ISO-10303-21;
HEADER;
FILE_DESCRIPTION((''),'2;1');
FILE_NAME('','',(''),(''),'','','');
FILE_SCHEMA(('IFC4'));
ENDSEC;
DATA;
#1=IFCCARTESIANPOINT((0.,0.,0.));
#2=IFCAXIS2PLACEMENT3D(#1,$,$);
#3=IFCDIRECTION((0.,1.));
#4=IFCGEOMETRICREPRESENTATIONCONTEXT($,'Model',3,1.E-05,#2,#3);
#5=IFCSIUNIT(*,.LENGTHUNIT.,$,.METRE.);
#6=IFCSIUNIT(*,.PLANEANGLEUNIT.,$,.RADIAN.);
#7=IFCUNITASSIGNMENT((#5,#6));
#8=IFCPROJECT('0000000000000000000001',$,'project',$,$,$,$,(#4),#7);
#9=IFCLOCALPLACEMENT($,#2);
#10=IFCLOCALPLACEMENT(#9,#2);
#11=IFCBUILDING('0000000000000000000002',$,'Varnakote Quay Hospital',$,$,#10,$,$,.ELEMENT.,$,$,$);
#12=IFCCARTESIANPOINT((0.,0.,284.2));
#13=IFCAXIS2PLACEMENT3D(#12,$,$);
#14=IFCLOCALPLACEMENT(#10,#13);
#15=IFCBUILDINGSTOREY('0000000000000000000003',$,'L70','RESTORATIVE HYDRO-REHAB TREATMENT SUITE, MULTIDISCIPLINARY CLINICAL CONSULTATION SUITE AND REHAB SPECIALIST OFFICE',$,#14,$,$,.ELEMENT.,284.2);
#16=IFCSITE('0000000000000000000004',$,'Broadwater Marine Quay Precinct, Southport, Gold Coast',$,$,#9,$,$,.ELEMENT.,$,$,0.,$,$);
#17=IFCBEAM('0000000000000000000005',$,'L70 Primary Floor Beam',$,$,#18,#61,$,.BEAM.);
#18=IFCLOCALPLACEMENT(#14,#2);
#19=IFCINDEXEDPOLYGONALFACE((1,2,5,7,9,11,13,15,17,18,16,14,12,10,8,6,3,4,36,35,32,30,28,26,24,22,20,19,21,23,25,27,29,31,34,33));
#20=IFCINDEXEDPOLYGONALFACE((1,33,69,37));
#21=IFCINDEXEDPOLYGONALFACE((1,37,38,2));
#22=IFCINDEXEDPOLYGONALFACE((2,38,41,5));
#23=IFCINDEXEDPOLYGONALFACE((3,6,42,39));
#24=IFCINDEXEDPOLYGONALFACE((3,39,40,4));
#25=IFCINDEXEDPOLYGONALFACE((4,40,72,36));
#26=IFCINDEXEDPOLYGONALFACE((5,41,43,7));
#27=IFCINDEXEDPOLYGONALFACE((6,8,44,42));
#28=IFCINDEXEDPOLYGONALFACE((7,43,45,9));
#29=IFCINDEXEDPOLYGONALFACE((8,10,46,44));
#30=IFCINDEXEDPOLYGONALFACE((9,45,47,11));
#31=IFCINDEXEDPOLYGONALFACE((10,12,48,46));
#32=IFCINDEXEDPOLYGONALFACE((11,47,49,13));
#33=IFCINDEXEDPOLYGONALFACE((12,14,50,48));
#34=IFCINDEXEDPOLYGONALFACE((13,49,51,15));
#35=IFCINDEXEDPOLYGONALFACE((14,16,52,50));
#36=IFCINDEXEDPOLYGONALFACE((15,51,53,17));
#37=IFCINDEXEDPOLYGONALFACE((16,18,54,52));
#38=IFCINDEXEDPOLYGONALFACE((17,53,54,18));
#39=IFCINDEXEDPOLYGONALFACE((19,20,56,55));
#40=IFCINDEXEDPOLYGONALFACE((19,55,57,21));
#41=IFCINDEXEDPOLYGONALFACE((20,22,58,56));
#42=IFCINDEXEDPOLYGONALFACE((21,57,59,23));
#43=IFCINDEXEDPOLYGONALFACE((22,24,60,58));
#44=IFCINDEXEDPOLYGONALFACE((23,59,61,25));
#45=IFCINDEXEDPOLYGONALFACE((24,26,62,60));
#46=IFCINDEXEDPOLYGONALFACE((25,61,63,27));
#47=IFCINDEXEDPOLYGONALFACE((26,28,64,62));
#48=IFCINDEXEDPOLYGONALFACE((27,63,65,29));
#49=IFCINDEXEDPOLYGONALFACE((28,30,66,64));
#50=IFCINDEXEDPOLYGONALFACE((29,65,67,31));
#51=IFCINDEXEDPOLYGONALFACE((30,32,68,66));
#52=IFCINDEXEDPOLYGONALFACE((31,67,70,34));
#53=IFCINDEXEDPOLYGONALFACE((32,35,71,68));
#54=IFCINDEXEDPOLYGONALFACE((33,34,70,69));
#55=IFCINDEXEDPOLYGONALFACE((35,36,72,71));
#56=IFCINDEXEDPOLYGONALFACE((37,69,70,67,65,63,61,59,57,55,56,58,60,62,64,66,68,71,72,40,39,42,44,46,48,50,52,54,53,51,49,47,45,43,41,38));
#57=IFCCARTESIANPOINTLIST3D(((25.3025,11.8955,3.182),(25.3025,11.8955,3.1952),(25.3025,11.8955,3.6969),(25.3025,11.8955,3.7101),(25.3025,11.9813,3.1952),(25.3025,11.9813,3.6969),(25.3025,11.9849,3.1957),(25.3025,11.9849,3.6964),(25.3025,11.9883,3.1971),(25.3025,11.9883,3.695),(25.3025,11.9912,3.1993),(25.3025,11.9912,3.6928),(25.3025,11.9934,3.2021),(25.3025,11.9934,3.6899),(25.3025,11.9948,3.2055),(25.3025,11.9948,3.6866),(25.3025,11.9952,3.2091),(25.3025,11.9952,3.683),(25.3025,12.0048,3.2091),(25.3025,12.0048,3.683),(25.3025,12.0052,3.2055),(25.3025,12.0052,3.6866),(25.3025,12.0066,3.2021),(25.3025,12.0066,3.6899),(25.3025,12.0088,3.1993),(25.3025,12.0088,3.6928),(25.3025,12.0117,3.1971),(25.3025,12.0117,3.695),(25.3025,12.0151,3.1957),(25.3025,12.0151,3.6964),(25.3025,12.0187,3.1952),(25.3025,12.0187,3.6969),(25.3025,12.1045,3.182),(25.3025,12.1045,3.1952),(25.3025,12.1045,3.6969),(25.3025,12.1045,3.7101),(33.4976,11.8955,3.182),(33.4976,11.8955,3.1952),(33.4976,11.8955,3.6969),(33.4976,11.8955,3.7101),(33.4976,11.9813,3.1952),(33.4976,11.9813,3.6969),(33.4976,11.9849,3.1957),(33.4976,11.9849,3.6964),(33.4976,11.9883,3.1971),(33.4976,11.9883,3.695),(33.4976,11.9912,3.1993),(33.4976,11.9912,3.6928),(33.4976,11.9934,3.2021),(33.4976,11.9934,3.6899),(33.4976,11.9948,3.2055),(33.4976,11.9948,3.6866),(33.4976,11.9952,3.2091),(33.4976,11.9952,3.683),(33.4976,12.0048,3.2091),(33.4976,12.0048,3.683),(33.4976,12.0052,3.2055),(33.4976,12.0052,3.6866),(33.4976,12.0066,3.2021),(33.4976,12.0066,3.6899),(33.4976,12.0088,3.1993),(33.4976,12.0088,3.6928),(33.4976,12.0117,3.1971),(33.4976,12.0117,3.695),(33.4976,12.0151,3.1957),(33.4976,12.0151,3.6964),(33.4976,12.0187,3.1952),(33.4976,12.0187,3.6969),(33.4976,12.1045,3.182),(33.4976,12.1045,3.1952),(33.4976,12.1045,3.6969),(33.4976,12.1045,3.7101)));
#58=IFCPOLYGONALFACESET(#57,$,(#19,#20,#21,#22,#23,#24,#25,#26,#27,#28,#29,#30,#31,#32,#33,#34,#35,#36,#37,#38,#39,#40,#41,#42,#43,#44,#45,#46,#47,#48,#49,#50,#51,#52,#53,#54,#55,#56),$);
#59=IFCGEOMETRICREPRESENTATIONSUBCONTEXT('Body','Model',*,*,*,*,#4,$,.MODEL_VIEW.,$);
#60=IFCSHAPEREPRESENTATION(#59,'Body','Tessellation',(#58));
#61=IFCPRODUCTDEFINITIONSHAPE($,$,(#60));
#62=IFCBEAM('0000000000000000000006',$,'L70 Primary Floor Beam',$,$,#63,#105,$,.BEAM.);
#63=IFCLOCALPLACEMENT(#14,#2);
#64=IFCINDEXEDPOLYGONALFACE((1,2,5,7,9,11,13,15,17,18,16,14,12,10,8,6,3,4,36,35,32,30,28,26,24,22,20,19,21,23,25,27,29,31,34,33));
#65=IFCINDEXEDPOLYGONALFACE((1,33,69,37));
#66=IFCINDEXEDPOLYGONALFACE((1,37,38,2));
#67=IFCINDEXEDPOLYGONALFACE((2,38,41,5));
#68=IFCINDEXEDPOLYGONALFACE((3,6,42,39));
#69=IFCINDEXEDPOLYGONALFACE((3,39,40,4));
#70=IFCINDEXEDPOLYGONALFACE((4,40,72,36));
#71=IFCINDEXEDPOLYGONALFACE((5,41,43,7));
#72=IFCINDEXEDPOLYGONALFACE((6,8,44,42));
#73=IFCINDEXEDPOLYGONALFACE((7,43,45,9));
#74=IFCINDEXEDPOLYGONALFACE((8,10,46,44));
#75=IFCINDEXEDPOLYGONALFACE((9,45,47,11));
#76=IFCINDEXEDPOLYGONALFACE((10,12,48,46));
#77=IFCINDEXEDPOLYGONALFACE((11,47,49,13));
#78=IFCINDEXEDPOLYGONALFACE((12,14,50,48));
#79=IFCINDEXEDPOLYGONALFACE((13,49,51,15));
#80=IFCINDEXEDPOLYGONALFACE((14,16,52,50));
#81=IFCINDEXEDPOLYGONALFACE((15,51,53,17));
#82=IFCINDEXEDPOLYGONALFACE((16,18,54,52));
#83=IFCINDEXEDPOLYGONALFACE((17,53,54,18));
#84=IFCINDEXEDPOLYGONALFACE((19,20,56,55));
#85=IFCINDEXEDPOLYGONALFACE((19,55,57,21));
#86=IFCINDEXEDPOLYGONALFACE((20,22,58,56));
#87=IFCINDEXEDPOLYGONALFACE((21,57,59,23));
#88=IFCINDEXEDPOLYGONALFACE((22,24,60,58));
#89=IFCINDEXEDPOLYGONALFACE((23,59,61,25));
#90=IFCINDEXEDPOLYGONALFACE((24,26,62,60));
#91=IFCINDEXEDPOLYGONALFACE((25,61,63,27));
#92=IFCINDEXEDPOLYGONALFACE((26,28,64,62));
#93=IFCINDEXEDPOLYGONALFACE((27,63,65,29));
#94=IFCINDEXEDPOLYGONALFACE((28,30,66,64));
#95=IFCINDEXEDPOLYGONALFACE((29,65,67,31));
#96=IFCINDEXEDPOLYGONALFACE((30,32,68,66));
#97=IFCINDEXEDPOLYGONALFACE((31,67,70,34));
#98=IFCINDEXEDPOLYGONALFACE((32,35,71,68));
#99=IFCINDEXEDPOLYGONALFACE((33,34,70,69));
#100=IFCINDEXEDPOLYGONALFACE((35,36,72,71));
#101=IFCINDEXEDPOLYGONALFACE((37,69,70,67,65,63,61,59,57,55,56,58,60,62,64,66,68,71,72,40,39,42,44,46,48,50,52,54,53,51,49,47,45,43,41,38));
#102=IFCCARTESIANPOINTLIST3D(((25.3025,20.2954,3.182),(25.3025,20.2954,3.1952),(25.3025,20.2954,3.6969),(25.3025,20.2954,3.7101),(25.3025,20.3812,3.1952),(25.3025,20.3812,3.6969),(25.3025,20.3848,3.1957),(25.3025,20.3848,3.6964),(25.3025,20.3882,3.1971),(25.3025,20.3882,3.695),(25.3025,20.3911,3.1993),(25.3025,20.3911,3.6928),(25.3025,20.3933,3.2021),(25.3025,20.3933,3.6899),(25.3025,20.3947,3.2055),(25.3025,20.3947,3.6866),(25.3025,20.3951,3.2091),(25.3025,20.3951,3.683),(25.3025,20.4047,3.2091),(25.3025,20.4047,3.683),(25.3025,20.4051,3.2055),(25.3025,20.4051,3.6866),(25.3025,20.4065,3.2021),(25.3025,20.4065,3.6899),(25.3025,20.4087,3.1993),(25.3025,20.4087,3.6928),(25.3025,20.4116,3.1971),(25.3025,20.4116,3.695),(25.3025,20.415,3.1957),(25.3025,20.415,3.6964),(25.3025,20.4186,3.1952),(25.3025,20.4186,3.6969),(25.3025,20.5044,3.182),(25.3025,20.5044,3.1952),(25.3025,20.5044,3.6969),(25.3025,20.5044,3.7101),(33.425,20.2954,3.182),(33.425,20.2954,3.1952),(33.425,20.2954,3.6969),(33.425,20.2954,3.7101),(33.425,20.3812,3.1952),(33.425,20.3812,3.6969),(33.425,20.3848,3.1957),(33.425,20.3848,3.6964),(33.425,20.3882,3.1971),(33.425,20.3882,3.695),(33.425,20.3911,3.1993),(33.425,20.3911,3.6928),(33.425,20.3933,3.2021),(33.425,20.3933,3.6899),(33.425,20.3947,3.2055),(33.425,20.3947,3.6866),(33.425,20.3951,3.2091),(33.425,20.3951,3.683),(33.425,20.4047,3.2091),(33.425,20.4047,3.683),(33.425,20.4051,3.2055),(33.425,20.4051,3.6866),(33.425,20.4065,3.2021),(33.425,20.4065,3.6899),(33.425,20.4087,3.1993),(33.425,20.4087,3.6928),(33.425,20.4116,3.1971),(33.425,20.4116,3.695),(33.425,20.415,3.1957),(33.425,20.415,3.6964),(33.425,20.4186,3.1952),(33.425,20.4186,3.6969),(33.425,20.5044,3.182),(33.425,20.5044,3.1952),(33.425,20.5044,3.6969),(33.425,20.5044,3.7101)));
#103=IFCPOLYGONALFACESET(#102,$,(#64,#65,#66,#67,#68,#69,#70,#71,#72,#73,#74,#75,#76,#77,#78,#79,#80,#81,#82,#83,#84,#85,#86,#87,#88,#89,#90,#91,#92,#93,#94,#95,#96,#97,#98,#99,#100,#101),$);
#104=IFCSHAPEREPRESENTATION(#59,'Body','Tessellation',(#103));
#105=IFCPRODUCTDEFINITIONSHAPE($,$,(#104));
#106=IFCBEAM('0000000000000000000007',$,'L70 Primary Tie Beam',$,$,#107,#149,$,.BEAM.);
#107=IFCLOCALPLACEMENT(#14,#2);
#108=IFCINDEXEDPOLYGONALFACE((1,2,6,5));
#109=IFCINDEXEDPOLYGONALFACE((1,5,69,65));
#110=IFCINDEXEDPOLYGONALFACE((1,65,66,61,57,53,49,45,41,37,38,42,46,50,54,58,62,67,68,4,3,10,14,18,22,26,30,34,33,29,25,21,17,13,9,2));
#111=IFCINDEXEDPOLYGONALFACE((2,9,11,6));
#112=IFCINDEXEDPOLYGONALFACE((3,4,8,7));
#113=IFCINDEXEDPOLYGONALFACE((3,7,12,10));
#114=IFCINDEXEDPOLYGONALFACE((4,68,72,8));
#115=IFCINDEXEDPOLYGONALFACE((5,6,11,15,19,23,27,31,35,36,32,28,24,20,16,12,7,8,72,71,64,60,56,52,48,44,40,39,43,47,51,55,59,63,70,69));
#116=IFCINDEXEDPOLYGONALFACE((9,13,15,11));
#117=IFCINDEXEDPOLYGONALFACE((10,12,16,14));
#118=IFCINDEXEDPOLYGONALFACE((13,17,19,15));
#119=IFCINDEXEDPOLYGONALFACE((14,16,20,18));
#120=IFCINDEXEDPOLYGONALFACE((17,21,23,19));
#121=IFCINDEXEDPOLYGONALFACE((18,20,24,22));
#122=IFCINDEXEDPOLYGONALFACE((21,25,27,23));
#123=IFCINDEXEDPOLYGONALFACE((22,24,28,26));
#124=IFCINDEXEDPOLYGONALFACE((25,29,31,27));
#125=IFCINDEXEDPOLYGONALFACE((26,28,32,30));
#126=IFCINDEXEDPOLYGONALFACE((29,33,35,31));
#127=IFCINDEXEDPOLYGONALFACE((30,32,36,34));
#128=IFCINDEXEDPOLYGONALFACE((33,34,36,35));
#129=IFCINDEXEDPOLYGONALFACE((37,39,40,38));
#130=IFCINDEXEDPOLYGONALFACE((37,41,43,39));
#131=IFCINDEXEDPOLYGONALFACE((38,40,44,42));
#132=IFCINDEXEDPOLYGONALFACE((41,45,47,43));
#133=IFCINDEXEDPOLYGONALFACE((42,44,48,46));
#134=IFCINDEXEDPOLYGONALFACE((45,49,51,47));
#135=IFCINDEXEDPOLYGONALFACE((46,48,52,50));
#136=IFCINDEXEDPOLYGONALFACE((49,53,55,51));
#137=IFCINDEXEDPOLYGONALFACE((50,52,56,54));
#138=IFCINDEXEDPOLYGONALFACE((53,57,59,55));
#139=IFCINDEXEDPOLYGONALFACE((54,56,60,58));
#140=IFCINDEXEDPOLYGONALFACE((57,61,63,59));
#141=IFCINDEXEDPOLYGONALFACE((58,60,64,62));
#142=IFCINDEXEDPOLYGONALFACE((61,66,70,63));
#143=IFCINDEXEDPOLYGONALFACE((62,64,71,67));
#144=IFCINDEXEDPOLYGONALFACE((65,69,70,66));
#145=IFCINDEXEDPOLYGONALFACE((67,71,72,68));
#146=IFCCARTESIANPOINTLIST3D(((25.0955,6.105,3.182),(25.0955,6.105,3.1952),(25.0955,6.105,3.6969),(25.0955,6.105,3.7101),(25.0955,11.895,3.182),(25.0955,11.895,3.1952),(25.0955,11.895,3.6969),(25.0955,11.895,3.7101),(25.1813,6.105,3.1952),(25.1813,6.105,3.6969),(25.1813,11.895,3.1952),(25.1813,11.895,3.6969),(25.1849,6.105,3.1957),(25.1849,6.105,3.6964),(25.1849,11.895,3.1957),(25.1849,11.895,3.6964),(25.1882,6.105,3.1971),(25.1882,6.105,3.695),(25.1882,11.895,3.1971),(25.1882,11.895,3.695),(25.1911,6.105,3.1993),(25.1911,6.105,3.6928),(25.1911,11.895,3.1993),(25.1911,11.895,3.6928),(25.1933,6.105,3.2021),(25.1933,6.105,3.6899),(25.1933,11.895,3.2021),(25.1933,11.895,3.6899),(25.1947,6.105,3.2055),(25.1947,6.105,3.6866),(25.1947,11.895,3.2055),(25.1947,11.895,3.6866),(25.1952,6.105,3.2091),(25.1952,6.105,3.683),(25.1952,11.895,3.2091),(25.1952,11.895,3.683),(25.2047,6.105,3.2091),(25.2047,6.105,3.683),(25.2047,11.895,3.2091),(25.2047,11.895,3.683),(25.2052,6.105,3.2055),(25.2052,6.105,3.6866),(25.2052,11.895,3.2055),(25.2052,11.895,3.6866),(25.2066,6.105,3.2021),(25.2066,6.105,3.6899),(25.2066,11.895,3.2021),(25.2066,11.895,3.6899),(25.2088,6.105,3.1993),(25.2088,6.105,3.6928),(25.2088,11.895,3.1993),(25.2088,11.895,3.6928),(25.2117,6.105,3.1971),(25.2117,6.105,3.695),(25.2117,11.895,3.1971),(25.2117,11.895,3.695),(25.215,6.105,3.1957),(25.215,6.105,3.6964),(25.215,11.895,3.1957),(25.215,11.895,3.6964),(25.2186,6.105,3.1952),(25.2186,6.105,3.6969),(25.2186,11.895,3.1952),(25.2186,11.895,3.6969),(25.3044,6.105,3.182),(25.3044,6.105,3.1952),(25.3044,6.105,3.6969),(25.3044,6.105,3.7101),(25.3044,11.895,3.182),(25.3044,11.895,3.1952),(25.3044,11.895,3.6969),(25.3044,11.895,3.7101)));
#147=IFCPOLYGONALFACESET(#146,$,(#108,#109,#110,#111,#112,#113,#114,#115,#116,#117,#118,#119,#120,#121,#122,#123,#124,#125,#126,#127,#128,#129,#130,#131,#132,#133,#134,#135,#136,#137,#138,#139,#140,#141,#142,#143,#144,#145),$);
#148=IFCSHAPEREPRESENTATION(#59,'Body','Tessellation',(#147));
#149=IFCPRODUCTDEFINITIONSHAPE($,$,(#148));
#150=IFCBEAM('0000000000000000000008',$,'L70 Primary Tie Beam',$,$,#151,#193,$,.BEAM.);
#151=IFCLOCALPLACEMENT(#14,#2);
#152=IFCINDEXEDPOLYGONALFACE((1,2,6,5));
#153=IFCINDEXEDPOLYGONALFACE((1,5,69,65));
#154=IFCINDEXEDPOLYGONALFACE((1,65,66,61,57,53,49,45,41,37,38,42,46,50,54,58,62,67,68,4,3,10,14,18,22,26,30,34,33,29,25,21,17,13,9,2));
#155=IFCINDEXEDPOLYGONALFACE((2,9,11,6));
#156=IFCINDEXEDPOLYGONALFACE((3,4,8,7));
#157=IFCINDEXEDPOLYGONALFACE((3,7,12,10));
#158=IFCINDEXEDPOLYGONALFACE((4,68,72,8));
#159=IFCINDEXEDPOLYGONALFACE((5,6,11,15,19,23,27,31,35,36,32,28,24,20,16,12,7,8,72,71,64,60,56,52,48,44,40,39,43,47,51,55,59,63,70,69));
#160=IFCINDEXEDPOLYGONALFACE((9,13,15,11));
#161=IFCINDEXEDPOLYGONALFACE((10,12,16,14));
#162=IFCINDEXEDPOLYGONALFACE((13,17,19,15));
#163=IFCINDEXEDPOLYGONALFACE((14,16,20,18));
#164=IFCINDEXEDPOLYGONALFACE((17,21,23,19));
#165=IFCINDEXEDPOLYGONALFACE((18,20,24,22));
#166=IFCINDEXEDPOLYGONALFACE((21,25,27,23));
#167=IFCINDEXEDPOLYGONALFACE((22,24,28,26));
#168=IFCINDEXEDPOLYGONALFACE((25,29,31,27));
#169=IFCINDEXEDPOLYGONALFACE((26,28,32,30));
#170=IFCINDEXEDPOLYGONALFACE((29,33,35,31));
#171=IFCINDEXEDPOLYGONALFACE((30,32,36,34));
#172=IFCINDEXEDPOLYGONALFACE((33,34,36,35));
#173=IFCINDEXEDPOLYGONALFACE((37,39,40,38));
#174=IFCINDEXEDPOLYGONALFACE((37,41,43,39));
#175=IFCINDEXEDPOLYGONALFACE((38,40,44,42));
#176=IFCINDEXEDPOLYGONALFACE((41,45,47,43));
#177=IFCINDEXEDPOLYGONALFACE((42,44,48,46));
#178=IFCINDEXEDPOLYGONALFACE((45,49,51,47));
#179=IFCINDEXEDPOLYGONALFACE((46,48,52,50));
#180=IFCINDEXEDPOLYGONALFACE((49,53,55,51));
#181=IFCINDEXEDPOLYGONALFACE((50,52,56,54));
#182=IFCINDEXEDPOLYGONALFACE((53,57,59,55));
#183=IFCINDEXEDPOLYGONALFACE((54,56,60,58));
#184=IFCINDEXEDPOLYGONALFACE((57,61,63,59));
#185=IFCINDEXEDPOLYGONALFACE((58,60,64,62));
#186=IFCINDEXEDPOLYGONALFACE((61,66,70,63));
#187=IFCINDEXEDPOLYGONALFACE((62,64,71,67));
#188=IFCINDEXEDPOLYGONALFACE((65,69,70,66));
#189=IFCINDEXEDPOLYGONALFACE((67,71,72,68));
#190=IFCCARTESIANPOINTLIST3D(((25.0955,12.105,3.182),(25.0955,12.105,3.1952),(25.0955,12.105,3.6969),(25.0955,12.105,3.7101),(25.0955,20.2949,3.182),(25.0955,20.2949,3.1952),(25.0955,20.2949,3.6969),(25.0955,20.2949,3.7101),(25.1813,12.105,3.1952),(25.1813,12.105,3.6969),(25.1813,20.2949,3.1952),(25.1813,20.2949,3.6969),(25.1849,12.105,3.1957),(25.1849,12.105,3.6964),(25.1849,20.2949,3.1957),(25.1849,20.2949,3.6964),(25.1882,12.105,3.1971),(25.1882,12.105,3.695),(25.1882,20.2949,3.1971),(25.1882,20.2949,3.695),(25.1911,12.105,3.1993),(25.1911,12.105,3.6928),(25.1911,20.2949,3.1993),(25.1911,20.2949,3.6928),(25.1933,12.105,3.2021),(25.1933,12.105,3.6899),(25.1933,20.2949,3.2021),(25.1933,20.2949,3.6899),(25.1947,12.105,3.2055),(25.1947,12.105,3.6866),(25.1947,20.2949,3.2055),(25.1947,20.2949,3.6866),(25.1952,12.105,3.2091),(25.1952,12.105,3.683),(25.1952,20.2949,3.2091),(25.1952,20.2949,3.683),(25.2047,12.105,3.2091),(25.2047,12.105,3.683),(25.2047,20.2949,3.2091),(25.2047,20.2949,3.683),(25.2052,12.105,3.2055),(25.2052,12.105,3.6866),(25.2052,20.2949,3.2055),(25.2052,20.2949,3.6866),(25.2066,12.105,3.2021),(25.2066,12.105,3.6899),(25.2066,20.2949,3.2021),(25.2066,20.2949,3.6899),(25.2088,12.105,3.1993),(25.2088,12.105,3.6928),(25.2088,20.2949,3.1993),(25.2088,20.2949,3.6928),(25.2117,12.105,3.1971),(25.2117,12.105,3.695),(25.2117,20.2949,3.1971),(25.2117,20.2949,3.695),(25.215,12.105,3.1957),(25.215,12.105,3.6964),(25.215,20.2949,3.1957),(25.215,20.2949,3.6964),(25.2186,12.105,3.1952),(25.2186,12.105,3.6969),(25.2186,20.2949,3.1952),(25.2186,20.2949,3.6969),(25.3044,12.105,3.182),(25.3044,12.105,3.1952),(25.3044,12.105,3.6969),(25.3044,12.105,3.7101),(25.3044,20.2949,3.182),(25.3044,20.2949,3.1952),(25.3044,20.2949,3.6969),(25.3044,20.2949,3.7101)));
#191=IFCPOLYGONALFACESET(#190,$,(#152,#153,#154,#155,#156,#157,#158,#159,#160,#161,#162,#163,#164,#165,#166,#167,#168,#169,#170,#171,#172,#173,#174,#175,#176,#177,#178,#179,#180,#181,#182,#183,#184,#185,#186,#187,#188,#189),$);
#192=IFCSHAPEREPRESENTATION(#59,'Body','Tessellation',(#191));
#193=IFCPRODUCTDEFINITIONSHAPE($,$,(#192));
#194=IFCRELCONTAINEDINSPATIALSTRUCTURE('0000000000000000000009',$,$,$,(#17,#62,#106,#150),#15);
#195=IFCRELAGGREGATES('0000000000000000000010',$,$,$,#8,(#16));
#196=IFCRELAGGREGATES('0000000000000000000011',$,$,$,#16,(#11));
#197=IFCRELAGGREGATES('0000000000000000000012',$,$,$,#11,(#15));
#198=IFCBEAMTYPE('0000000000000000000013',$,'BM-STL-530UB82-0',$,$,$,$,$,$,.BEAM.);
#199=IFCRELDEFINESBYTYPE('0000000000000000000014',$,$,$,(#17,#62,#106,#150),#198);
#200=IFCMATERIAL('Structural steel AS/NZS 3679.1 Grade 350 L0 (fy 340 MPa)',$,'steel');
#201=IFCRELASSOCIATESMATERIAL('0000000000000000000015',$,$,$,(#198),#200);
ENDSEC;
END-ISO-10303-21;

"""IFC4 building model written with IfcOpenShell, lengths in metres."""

from ifc_helpers import new_model, si_unit, direction, frame, origin, origin_2d, place, context, subcontext, project, spatial, i_section, extrude, material, material_profile, profile_set, type_object, element, save


model = new_model("IFC4")

# Units and contexts
model_context = context("Model", 3, precision=1e-05, world=origin(), true_north=direction((0.0, 1.0)))
body_context = subcontext(model_context, "Body", "Model", "MODEL_VIEW")
ifc_project = project(units=[si_unit("LENGTHUNIT", "METRE"), si_unit("PLANEANGLEUNIT", "RADIAN")], contexts=[model_context])

# Site, building, storey
site_placement = place(None, origin())
site = spatial("IfcSite", under=ifc_project, at=site_placement, Name="Broadwater Marine Quay Precinct, Southport, Gold Coast", CompositionType="ELEMENT", RefElevation=0.0)
building_placement = place(site_placement, origin())
building = spatial("IfcBuilding", under=site, at=building_placement, Name="Varnakote Quay Hospital", CompositionType="ELEMENT")
storey_placement = place(building_placement, frame((0.0, 0.0, 284.2)))
storey = spatial("IfcBuildingStorey", under=building, at=storey_placement, Name="L70", Description="RESTORATIVE HYDRO-REHAB TREATMENT SUITE, MULTIDISCIPLINARY CLINICAL CONSULTATION SUITE AND REHAB SPECIALIST OFFICE", CompositionType="ELEMENT", Elevation=284.2)

# Beams
ifc_material_1 = material(Name="Structural steel AS/NZS 3679.1 Grade 350 L0 (fy 340 MPa)", Category="steel")
ifc_material_profile_1 = material_profile(ifc_material_1, i_section(OverallWidth=0.209, OverallDepth=0.5281, WebThickness=0.0095, FlangeThickness=0.0132, FilletRadius=0.0139, at=origin_2d()), Name="530UB82.0")
ifc_profile_set_1 = profile_set([ifc_material_profile_1], Name="Structural steel AS/NZS 3679.1 Grade 350 L0 (fy 340 MPa)")
beam_type_1 = type_object("IfcBeamType", Name="BM-STL-530UB82-0", PredefinedType="BEAM", material=ifc_profile_set_1)
beam_1_placement = place(storey_placement, frame((25.3025, 12.0, 3.446), z_axis=(1.0, 0.0, 0.0), x_axis=(0.0, 1.0, 0.0)))
element("IfcBeam", 1, at=beam_1_placement, inside=storey, type_object=beam_type_1, Name="L70 Primary Floor Beam", PredefinedType="BEAM", context=body_context, shape_type="SweptSolid", body=[
    extrude(i_section(OverallWidth=0.209, OverallDepth=0.5281, WebThickness=0.0095, FlangeThickness=0.0132, FilletRadius=0.0139, at=origin_2d()), origin(), (0.0, 0.0, 1.0), 8.1951),
])
beam_2_placement = place(storey_placement, frame((25.3025, 20.3999, 3.446), z_axis=(1.0, 0.0, 0.0), x_axis=(0.0, 1.0, 0.0)))
element("IfcBeam", 2, at=beam_2_placement, inside=storey, type_object=beam_type_1, Name="L70 Primary Floor Beam", PredefinedType="BEAM", context=body_context, shape_type="SweptSolid", body=[
    extrude(i_section(OverallWidth=0.209, OverallDepth=0.5281, WebThickness=0.0095, FlangeThickness=0.0132, FilletRadius=0.0139, at=origin_2d()), origin(), (0.0, 0.0, 1.0), 8.1226),
])
beam_3_placement = place(storey_placement, frame((25.2, 6.105, 3.446), z_axis=(0.0, 1.0, 0.0), x_axis=(-1.0, 0.0, 0.0)))
element("IfcBeam", 3, at=beam_3_placement, inside=storey, type_object=beam_type_1, Name="L70 Primary Tie Beam", PredefinedType="BEAM", context=body_context, shape_type="SweptSolid", body=[
    extrude(i_section(OverallWidth=0.209, OverallDepth=0.5281, WebThickness=0.0095, FlangeThickness=0.0132, FilletRadius=0.0139, at=origin_2d()), origin(), (0.0, 0.0, 1.0), 5.79),
])
beam_4_placement = place(storey_placement, frame((25.2, 12.105, 3.446), z_axis=(0.0, 1.0, 0.0), x_axis=(-1.0, 0.0, 0.0)))
element("IfcBeam", 4, at=beam_4_placement, inside=storey, type_object=beam_type_1, Name="L70 Primary Tie Beam", PredefinedType="BEAM", context=body_context, shape_type="SweptSolid", body=[
    extrude(i_section(OverallWidth=0.209, OverallDepth=0.5281, WebThickness=0.0095, FlangeThickness=0.0132, FilletRadius=0.0139, at=origin_2d()), origin(), (0.0, 0.0, 1.0), 8.1899),
])

save(model, "model.ifc")
